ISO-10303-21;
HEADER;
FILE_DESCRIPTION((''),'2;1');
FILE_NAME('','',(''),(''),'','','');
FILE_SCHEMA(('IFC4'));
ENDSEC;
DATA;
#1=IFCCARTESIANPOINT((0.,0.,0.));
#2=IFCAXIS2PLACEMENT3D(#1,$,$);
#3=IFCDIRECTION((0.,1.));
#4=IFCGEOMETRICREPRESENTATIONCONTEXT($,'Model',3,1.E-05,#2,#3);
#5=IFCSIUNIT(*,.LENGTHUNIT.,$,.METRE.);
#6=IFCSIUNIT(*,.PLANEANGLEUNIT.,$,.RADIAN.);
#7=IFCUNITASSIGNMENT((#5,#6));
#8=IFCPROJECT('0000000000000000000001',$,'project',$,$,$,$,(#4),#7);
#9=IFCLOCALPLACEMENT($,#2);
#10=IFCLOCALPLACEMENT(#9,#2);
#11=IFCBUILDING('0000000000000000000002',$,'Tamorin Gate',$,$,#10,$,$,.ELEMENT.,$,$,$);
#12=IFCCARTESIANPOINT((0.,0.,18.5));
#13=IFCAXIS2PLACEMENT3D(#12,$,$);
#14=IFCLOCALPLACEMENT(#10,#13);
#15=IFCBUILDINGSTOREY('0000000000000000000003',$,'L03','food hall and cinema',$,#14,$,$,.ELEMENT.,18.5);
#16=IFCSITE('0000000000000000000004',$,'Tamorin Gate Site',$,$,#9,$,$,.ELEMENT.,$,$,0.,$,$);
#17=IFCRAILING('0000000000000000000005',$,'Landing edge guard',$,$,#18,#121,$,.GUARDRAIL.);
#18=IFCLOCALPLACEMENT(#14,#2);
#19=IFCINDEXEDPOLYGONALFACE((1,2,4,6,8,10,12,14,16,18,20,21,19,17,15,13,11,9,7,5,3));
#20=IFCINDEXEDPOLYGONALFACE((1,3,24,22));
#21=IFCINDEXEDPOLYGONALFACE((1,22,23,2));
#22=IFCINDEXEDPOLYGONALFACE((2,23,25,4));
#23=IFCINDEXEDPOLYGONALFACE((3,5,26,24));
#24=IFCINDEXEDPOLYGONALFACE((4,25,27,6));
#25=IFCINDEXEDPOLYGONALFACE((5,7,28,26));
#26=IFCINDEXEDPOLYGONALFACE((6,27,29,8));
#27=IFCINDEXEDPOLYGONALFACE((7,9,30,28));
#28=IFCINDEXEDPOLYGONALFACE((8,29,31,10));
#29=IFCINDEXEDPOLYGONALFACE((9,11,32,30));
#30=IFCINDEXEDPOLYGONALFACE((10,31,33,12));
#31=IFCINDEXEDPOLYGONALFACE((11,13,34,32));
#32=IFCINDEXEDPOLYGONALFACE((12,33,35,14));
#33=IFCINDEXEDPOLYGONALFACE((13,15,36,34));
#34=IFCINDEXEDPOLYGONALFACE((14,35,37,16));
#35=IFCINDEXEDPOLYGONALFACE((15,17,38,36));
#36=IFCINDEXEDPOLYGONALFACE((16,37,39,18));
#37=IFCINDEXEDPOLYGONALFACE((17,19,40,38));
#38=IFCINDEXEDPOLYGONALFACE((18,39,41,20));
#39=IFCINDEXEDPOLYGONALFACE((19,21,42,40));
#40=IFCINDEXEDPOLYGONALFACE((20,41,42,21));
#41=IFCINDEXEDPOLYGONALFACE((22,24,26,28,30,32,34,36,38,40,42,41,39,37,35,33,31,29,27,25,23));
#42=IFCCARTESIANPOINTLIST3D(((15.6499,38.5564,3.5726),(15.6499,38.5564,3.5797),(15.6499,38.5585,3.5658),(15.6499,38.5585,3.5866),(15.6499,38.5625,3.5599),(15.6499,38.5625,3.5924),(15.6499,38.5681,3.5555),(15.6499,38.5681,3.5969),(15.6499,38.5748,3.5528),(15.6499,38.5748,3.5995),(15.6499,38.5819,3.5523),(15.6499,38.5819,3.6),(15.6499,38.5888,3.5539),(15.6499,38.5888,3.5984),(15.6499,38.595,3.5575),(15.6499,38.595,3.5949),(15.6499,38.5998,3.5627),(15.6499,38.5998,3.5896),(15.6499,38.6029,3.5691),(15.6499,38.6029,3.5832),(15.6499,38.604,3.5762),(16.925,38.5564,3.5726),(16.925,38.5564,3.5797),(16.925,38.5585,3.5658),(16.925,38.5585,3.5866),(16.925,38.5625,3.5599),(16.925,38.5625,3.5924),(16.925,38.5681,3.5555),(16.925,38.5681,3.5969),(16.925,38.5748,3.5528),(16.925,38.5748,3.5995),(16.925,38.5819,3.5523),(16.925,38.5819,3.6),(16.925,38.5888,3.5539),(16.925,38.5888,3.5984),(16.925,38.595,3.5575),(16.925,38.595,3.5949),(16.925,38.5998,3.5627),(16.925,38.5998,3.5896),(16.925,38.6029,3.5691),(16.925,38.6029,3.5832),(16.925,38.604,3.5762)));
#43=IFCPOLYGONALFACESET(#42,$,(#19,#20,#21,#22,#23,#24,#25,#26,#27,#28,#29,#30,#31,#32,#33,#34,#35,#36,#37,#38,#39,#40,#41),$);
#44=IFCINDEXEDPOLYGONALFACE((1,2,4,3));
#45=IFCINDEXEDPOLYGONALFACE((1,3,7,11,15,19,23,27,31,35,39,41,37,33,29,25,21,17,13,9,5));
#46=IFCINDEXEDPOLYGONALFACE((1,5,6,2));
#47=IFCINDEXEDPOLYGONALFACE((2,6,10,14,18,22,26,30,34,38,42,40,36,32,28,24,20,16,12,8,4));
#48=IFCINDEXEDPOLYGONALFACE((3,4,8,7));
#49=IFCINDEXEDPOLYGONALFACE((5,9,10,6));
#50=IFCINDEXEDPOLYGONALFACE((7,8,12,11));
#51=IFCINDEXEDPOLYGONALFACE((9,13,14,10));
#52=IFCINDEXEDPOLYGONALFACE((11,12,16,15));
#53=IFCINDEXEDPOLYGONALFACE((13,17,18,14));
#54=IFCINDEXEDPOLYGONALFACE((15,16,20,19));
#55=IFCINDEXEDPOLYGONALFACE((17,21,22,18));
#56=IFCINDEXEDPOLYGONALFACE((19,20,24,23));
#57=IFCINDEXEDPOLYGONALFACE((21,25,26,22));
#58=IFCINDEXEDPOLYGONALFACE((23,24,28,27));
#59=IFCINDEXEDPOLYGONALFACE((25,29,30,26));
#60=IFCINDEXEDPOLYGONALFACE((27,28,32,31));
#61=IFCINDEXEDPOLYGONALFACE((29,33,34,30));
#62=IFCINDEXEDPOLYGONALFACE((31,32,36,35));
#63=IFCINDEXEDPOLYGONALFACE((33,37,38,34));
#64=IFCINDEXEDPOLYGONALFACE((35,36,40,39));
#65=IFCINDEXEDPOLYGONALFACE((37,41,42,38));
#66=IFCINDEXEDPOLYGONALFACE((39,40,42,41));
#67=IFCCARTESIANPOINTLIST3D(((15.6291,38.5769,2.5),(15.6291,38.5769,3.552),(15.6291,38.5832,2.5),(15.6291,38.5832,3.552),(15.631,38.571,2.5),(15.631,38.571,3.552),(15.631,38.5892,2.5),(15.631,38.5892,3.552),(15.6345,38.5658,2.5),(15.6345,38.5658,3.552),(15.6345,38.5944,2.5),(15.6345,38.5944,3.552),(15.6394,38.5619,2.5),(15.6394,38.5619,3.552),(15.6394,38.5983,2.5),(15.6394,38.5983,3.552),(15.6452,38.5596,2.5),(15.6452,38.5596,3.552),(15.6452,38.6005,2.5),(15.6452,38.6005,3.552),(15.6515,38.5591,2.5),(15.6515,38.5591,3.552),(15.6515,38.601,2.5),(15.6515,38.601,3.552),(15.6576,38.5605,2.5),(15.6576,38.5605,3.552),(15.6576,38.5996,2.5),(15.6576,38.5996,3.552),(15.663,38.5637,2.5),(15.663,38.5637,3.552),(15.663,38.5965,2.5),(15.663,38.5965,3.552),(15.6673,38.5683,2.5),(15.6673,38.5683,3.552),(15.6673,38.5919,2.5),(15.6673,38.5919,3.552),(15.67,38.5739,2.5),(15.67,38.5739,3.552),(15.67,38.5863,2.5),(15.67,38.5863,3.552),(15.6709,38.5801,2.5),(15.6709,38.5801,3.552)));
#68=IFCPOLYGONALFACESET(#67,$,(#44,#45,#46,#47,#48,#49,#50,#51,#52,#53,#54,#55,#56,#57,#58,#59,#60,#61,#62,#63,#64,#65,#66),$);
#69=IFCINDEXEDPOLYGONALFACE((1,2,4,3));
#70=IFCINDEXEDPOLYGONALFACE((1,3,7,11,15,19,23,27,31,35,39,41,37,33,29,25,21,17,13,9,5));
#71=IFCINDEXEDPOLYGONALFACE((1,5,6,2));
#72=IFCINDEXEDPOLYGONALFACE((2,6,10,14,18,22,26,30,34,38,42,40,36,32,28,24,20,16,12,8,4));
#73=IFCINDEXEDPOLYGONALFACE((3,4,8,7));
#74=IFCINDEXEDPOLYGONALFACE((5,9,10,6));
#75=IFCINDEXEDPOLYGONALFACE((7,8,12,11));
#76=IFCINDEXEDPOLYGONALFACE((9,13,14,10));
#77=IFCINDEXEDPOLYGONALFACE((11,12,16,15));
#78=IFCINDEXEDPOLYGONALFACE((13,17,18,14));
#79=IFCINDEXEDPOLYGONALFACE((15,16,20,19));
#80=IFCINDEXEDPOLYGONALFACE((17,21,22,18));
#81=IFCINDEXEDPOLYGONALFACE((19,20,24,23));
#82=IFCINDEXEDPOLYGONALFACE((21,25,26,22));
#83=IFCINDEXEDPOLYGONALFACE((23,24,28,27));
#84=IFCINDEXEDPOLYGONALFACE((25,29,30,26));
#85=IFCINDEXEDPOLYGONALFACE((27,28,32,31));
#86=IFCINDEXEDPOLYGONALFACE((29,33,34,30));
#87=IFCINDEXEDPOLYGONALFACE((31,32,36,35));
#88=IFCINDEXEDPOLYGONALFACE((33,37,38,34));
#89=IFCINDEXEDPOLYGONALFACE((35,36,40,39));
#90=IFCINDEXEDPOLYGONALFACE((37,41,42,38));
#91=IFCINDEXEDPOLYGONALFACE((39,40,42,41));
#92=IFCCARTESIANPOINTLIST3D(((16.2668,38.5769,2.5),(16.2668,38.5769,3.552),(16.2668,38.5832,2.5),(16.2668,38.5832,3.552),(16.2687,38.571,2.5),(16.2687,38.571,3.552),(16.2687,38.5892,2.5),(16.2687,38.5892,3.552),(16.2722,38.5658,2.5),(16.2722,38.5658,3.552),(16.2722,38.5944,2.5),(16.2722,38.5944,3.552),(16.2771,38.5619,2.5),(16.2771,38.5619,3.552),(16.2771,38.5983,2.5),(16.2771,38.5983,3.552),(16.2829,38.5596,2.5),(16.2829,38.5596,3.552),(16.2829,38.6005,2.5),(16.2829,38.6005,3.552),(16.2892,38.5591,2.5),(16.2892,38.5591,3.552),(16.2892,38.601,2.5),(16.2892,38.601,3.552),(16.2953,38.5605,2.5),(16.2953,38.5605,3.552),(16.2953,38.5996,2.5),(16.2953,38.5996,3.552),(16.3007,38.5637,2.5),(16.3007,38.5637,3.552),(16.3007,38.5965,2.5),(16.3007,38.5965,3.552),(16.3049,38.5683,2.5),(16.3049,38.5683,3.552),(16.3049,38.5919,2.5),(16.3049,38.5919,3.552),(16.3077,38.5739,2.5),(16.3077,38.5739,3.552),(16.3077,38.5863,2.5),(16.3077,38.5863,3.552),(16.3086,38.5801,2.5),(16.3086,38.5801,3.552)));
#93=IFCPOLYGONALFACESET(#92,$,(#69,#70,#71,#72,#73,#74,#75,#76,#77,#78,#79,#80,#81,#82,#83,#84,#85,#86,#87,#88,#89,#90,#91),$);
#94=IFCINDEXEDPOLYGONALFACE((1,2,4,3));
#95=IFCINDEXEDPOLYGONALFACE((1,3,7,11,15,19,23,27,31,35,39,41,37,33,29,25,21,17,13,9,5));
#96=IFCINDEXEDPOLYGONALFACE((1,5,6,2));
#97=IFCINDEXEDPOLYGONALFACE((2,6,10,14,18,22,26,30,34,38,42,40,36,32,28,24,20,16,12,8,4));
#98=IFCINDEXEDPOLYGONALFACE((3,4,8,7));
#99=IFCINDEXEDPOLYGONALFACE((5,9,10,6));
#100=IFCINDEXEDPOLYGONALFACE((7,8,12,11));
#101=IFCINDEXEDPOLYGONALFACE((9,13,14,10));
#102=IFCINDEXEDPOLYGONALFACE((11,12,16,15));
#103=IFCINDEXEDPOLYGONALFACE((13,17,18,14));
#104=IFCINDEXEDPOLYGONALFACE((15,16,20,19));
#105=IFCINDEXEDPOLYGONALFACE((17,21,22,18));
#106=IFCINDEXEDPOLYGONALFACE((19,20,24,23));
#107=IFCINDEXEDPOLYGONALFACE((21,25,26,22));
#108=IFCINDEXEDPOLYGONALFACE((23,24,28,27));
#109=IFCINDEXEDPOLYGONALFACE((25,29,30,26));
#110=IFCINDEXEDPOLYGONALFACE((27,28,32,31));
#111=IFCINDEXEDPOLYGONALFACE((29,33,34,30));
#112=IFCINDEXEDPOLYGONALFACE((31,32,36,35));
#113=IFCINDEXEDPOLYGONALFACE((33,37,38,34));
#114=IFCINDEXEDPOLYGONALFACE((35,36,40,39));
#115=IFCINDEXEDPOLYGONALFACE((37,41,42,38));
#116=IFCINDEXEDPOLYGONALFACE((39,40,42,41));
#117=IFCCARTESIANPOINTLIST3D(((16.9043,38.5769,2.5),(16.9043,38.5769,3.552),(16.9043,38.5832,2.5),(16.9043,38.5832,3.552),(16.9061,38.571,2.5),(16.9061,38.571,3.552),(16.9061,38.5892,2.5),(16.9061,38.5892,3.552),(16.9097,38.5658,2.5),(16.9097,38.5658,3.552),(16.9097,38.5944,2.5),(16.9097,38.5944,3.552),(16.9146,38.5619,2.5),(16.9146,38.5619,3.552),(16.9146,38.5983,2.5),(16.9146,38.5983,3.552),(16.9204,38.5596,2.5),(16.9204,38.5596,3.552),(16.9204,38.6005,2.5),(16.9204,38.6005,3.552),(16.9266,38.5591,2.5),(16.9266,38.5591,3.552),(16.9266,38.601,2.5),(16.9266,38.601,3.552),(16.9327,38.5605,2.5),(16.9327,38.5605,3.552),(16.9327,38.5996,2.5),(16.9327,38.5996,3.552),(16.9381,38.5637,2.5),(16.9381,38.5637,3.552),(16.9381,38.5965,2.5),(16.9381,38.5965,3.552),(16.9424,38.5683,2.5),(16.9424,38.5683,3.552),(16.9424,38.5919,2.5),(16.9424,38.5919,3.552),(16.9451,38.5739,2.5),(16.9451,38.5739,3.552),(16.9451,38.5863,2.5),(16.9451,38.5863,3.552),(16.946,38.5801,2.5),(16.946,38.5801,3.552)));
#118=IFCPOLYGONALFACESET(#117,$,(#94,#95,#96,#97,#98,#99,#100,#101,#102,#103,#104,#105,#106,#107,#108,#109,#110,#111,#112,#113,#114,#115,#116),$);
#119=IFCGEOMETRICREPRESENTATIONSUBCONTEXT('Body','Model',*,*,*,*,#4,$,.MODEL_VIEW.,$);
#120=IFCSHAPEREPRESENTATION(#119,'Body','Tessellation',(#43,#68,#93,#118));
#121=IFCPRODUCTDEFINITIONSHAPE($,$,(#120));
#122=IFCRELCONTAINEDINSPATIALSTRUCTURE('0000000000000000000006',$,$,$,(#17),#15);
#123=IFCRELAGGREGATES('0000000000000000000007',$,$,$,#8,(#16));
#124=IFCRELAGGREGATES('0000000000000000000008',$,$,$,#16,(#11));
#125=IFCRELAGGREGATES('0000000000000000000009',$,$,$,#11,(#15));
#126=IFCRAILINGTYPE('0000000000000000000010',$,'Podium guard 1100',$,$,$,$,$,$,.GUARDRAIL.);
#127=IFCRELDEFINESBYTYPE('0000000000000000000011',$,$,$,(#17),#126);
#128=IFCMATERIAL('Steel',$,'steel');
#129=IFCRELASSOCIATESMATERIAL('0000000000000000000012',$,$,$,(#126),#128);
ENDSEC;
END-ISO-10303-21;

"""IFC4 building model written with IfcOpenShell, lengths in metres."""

from ifc_helpers import new_model, si_unit, direction, frame, origin, origin_2d, place, context, subcontext, project, spatial, circle, extrude, material, type_object, element, save


model = new_model("IFC4")

# Units and contexts
model_context = context("Model", 3, precision=1e-05, world=origin(), true_north=direction((0.0, 1.0)))
body_context = subcontext(model_context, "Body", "Model", "MODEL_VIEW")
ifc_project = project(units=[si_unit("LENGTHUNIT", "METRE"), si_unit("PLANEANGLEUNIT", "RADIAN")], contexts=[model_context])

# Site, building, storey
site_placement = place(None, origin())
site = spatial("IfcSite", under=ifc_project, at=site_placement, Name="Tamorin Gate Site", CompositionType="ELEMENT", RefElevation=0.0)
building_placement = place(site_placement, origin())
building = spatial("IfcBuilding", under=site, at=building_placement, Name="Tamorin Gate", CompositionType="ELEMENT")
storey_placement = place(building_placement, frame((0.0, 0.0, 18.5)))
storey = spatial("IfcBuildingStorey", under=building, at=storey_placement, Name="L03", Description="food hall and cinema", CompositionType="ELEMENT", Elevation=18.5)

# Railing
ifc_material_1 = material(Name="Steel", Category="steel")
railing_type = type_object("IfcRailingType", Name="Podium guard 1100", PredefinedType="GUARDRAIL", material=ifc_material_1)
railing_1_placement = place(storey_placement, frame((15.6499, 38.5801, 2.5)))
element("IfcRailing", 1, at=railing_1_placement, inside=storey, type_object=railing_type, Name="Landing edge guard", PredefinedType="GUARDRAIL", context=body_context, shape_type="SweptSolid", body=[
    extrude(circle(Radius=0.0239, at=origin_2d()), frame((0.0, 0.0, 1.0762), z_axis=(1.0, 0.0, 0.0), x_axis=(0.0, 1.0, 0.0)), (0.0, 0.0, 1.0), 1.2751),
    extrude(circle(Radius=0.021, at=origin_2d()), origin(), (0.0, 0.0, 1.0), 1.052),
    extrude(circle(Radius=0.021, at=origin_2d()), frame((0.6377, 0.0, 0.0)), (0.0, 0.0, 1.0), 1.052),
    extrude(circle(Radius=0.021, at=origin_2d()), frame((1.2751, 0.0, 0.0)), (0.0, 0.0, 1.0), 1.052),
])

save(model, "model.ifc")
